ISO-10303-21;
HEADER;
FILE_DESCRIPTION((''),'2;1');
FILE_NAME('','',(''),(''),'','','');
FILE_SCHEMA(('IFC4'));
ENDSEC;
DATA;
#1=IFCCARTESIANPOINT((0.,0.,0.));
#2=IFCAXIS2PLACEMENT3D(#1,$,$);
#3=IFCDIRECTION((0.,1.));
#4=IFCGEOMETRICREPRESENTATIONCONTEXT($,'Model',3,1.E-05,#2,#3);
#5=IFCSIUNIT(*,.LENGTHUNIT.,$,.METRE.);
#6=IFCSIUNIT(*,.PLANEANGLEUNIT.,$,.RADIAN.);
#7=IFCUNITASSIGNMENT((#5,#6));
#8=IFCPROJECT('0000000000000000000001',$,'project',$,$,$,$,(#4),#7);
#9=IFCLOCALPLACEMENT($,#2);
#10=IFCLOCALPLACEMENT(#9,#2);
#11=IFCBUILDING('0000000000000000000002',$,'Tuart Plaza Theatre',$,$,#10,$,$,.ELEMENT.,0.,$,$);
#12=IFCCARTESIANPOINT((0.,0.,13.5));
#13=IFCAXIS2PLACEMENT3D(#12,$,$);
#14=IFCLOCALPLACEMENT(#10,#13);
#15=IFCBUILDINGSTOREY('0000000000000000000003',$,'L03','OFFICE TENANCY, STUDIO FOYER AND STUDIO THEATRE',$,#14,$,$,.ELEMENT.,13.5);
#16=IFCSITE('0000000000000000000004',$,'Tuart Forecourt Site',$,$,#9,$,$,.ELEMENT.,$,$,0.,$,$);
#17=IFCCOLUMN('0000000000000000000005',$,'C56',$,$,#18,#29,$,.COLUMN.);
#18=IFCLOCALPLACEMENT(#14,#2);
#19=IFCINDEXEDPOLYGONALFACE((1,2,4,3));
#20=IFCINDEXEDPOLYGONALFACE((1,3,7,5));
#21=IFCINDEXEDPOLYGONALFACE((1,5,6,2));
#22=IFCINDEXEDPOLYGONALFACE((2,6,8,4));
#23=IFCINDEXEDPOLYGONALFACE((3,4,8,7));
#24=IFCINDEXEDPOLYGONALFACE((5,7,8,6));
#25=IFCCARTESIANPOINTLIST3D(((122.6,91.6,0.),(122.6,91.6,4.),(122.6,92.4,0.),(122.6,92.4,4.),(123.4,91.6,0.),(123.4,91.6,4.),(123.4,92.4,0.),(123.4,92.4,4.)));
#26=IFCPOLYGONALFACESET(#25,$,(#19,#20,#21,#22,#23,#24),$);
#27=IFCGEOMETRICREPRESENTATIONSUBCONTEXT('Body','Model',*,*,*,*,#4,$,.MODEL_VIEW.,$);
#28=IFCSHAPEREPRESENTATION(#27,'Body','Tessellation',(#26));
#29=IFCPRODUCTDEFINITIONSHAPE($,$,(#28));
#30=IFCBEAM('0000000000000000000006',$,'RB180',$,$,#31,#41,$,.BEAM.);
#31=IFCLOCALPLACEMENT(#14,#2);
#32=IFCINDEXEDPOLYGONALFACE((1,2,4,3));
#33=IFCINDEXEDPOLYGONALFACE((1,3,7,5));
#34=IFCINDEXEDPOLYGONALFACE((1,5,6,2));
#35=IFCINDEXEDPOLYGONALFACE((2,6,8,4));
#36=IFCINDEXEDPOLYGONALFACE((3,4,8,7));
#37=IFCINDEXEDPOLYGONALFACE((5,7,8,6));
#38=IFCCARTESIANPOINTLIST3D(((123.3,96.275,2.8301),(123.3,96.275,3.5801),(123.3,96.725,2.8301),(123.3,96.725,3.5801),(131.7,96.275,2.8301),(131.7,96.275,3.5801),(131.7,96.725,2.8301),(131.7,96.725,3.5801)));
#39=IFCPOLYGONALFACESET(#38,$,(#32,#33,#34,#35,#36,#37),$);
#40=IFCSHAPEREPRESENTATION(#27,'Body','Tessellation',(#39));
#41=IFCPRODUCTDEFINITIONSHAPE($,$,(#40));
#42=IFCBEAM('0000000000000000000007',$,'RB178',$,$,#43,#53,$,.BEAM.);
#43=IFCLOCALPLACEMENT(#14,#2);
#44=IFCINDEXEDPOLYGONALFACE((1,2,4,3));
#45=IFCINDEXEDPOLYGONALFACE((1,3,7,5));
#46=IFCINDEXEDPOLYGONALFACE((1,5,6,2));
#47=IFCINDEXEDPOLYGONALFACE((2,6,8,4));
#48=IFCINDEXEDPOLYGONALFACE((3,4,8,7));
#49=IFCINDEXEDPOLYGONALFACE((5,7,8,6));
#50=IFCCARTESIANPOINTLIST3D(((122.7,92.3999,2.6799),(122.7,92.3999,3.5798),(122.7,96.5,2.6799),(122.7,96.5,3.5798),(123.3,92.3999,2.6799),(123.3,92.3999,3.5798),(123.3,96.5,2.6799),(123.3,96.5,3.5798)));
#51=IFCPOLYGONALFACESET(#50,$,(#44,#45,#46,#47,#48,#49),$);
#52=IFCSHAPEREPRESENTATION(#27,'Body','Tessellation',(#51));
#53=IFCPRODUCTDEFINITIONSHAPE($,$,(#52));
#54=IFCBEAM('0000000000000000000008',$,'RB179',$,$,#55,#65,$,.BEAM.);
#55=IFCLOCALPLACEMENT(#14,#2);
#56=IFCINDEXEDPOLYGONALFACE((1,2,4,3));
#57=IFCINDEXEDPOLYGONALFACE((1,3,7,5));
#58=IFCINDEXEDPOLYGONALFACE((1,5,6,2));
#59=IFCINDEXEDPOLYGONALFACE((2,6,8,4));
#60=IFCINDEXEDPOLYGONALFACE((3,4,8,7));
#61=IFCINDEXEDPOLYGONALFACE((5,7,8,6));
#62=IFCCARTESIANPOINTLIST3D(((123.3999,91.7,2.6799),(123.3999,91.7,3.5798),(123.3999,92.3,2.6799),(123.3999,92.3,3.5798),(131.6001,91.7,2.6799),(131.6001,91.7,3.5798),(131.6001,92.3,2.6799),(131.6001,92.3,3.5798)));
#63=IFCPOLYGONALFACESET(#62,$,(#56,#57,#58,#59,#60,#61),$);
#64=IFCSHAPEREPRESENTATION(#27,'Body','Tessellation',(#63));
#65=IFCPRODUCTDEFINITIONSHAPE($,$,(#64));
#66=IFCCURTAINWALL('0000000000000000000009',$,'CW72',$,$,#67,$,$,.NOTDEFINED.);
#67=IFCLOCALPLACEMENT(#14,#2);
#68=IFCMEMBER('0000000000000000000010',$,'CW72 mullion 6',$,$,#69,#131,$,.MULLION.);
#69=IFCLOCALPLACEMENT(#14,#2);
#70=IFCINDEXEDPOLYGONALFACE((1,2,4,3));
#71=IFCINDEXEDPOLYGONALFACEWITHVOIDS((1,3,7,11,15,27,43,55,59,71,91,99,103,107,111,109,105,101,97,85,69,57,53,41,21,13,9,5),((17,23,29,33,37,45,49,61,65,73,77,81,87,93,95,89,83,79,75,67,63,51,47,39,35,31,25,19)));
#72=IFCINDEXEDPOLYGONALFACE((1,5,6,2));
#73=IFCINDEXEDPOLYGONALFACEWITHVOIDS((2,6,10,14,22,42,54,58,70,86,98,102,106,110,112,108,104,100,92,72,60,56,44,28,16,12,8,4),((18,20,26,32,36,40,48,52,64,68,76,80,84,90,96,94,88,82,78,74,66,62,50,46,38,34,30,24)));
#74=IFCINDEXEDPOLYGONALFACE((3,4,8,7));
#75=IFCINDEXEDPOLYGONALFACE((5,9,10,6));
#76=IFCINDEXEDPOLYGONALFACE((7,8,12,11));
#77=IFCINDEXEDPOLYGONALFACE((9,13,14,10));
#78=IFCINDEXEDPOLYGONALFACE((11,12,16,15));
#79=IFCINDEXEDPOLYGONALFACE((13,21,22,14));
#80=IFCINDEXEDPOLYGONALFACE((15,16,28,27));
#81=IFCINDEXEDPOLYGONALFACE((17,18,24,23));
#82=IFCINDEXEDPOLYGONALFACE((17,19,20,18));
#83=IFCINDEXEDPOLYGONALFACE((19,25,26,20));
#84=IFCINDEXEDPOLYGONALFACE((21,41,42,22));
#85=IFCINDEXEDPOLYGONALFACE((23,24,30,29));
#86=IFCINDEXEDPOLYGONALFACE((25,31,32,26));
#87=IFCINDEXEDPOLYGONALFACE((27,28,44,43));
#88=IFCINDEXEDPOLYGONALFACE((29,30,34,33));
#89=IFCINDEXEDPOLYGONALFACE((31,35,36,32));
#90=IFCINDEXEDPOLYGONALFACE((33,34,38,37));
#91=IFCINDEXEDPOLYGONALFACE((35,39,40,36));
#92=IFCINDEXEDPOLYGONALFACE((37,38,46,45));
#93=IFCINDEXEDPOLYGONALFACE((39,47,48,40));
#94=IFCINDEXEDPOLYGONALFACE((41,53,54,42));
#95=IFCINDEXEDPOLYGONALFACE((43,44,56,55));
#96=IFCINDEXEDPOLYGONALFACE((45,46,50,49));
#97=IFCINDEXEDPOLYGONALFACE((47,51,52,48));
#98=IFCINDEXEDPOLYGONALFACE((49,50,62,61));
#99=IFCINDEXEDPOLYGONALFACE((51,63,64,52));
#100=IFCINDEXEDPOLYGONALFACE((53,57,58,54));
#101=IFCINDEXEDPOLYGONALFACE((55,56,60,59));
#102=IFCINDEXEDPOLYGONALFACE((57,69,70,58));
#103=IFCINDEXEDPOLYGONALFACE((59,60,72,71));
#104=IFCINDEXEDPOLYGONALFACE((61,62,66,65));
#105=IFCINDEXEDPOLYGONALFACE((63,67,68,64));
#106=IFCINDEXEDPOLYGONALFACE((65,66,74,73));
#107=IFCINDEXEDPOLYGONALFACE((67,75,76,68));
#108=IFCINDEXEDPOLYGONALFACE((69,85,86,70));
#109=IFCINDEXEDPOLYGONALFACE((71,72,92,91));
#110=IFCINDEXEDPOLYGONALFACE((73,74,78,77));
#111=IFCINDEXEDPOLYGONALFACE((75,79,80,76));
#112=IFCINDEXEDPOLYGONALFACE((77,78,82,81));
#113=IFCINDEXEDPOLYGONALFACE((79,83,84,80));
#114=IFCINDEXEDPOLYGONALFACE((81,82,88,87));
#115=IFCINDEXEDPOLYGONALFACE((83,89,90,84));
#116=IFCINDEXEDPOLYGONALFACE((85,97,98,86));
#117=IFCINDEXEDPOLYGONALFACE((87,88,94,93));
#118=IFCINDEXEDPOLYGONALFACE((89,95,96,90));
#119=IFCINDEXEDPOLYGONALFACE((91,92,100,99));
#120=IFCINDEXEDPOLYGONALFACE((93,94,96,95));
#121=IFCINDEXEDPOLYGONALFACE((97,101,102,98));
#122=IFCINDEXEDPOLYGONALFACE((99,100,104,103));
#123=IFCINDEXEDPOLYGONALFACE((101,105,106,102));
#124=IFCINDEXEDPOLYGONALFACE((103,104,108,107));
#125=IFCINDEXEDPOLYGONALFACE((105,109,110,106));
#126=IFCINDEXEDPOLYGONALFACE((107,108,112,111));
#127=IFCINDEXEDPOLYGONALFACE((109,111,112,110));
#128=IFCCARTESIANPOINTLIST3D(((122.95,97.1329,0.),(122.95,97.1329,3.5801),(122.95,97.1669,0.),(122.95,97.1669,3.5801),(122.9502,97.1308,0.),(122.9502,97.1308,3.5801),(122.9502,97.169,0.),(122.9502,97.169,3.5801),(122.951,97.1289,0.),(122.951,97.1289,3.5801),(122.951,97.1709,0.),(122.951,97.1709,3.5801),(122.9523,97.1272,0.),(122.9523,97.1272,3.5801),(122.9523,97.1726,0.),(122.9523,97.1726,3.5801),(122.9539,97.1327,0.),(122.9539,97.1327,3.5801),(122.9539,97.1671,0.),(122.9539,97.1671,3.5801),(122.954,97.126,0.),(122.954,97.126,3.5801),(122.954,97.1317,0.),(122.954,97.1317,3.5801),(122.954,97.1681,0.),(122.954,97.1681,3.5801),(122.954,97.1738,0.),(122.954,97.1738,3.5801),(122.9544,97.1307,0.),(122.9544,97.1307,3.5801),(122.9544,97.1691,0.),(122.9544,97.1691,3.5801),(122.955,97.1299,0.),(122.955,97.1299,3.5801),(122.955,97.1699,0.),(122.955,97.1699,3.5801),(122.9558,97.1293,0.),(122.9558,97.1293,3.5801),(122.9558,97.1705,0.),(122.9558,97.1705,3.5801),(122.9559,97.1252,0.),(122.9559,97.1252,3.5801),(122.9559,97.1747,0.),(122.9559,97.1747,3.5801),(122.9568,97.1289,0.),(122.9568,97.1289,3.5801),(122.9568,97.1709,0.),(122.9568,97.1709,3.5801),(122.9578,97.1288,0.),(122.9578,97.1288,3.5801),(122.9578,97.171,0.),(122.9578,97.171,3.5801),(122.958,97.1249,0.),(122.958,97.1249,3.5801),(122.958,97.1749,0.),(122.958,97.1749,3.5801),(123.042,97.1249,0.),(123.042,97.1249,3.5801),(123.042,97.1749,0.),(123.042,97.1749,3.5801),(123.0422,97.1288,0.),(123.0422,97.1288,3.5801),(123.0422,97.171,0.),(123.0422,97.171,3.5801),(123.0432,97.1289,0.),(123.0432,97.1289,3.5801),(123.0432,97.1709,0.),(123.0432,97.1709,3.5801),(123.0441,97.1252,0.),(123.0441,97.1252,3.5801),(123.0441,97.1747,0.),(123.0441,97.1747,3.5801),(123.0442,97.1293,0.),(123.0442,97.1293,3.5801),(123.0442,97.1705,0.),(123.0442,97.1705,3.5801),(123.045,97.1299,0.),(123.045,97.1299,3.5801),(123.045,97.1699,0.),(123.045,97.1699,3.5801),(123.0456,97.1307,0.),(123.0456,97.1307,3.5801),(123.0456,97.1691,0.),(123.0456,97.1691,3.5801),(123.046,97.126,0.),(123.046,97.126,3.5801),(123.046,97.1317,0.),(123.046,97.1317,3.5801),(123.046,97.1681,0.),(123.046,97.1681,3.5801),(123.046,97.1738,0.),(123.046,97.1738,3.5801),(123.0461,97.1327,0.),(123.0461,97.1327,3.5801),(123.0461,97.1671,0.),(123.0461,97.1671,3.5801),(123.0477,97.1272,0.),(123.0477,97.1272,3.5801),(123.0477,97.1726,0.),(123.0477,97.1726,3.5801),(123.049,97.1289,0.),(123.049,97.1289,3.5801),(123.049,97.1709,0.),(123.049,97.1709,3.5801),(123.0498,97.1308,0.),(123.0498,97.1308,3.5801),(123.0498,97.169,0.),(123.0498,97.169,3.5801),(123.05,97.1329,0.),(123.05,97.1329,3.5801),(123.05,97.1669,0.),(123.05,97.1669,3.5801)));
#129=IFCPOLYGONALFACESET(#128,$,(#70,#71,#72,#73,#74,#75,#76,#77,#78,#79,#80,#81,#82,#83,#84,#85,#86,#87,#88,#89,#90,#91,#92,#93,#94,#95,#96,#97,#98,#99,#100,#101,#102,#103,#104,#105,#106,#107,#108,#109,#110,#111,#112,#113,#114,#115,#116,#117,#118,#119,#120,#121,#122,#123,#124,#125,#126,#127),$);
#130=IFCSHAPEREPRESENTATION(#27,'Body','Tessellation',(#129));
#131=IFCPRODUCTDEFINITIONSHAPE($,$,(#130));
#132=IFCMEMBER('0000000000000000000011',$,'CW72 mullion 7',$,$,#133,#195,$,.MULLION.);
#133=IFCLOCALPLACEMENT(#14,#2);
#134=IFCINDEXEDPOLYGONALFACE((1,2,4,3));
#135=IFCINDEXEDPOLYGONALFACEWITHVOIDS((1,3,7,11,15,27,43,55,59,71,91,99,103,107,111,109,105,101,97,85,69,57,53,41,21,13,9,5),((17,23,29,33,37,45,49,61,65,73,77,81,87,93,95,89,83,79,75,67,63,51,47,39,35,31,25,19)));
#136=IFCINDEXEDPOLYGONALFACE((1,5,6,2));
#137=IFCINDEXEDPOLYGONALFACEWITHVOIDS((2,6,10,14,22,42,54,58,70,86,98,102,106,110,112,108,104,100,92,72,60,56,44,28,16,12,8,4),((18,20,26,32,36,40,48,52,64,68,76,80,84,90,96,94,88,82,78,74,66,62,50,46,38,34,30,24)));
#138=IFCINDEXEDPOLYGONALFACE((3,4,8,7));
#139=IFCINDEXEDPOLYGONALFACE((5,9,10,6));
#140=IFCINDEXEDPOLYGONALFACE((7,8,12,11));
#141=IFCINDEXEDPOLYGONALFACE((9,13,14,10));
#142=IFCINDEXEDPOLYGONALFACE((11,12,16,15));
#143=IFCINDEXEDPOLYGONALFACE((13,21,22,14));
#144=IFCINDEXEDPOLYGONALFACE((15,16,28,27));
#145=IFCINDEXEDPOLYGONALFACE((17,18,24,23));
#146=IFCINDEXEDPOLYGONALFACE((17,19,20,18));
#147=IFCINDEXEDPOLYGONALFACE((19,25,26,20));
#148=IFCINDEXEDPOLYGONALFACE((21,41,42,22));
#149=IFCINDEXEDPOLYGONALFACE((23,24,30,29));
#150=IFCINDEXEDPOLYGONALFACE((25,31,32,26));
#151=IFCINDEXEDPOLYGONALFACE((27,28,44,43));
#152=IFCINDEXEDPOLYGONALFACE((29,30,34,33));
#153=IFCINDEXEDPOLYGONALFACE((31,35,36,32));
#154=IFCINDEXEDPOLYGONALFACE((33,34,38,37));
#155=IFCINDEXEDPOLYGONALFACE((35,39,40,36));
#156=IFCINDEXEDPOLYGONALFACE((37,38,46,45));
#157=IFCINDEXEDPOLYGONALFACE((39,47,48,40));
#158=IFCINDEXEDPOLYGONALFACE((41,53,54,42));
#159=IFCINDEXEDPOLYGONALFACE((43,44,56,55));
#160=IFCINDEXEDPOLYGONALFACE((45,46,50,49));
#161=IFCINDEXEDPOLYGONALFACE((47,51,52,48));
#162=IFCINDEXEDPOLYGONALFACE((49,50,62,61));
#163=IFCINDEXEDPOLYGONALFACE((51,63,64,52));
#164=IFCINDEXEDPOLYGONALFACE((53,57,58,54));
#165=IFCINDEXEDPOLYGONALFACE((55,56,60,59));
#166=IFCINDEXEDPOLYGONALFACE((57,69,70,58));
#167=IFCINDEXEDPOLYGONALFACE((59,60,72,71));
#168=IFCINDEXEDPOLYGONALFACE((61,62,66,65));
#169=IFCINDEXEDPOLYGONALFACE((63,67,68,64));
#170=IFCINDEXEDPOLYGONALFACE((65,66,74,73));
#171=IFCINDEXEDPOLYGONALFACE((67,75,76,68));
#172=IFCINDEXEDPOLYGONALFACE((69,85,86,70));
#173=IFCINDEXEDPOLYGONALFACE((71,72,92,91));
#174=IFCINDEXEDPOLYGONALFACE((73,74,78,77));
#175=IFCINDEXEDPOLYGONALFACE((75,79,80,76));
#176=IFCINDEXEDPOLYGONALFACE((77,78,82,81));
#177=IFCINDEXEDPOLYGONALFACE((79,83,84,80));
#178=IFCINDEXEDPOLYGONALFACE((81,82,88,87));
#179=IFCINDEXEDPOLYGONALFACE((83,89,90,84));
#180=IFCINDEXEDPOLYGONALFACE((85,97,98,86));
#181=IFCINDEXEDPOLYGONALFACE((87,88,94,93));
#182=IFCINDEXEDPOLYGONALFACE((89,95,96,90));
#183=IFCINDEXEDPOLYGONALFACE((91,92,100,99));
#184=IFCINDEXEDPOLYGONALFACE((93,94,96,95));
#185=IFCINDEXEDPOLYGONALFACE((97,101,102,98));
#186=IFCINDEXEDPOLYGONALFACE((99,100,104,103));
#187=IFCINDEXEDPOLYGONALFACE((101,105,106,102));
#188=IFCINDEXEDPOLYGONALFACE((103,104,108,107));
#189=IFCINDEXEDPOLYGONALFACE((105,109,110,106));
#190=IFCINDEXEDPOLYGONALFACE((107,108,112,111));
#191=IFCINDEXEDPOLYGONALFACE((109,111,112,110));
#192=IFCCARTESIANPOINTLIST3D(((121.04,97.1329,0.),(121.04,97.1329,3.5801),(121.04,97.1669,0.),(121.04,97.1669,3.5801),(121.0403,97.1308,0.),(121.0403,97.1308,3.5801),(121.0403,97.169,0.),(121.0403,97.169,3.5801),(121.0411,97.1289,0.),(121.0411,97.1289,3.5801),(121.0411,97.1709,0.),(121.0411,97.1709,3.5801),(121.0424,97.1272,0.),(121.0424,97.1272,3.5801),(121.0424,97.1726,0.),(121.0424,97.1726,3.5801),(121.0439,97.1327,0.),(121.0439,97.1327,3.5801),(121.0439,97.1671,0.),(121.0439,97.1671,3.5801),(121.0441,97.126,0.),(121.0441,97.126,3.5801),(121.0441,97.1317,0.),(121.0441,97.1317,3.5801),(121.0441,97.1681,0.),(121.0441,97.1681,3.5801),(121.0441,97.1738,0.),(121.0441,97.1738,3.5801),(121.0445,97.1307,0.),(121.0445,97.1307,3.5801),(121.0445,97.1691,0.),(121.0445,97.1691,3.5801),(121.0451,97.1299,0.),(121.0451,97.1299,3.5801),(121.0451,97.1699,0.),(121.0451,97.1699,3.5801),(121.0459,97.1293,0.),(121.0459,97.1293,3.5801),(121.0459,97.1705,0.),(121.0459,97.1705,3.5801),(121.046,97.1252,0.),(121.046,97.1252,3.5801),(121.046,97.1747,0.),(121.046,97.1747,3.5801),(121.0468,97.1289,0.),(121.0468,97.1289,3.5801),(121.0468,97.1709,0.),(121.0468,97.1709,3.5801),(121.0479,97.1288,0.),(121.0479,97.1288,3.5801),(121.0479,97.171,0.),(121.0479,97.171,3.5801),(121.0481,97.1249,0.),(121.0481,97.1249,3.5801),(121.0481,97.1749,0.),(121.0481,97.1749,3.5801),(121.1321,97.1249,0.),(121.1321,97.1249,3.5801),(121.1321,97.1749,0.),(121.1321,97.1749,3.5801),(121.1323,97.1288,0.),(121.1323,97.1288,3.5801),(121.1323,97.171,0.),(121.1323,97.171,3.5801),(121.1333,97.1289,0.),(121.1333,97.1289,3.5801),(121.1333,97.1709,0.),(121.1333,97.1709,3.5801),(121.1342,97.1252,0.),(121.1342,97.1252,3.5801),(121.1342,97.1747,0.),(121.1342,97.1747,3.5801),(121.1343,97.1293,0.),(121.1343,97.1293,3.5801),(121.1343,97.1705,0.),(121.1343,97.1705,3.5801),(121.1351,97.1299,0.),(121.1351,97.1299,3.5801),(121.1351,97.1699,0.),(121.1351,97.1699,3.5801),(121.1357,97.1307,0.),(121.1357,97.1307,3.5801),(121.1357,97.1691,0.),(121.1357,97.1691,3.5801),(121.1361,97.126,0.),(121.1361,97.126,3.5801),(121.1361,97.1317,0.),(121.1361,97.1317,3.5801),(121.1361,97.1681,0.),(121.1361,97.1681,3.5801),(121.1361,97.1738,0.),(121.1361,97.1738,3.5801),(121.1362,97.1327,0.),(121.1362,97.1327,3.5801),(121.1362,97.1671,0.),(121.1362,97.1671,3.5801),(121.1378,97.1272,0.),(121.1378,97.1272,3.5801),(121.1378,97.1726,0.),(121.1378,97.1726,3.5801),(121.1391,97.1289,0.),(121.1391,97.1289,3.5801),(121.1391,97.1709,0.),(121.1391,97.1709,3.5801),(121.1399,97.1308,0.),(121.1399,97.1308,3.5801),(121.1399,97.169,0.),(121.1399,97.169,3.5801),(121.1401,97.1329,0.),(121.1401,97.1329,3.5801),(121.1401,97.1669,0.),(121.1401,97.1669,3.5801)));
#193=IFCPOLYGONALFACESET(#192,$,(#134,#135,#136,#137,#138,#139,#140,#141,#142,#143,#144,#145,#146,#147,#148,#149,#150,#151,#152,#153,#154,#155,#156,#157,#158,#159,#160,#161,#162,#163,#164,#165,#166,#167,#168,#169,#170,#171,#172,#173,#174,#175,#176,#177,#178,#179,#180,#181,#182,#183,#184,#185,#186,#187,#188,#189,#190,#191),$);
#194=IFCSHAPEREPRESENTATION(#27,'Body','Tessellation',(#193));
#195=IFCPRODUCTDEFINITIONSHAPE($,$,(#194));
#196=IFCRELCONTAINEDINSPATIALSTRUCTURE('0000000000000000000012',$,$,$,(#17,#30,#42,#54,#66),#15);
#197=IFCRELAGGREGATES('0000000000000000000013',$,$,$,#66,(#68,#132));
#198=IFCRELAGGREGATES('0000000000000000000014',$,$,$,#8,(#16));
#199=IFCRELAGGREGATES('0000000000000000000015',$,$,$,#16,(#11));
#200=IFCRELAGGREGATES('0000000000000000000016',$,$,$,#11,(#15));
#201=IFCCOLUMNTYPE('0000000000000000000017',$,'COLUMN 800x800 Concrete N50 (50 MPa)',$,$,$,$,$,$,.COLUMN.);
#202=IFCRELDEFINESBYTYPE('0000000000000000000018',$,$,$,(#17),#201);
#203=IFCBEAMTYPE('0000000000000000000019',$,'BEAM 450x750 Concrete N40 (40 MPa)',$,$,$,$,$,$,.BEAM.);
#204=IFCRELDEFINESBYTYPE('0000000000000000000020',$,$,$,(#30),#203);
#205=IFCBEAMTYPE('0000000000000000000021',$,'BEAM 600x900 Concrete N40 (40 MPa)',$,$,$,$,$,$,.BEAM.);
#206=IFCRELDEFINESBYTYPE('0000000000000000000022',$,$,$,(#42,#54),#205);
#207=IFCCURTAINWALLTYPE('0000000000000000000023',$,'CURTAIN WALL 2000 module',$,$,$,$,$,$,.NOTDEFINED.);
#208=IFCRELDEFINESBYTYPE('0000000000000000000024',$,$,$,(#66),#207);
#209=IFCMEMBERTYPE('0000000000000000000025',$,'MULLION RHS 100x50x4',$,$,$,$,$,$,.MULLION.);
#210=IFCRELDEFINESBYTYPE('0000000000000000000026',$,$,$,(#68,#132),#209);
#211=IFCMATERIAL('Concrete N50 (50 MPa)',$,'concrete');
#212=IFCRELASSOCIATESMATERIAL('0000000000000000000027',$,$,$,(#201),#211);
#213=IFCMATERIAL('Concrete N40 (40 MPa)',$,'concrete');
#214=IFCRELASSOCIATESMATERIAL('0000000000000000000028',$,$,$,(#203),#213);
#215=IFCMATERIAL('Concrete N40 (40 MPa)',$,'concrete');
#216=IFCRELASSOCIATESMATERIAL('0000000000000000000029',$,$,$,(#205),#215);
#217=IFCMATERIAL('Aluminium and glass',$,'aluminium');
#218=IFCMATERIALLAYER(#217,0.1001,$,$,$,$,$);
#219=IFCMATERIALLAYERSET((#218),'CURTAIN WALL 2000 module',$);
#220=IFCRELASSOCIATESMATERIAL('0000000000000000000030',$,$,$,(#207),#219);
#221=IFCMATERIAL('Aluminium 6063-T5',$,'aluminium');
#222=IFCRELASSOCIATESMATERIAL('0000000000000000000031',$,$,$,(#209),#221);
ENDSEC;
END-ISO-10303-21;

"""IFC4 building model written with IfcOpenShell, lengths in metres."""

from ifc_helpers import new_model, si_unit, direction, frame, origin, origin_2d, place, context, subcontext, project, spatial, rectangle, hollow_rectangle, extrude, material, layer, layer_set, material_profile, profile_set, type_object, element, aggregate, save


model = new_model("IFC4")

# Units and contexts
model_context = context("Model", 3, precision=1e-05, world=origin(), true_north=direction((0.0, 1.0)))
body_context = subcontext(model_context, "Body", "Model", "MODEL_VIEW")
ifc_project = project(units=[si_unit("LENGTHUNIT", "METRE"), si_unit("PLANEANGLEUNIT", "RADIAN")], contexts=[model_context])

# Site, building, storey
site_placement = place(None, origin())
site = spatial("IfcSite", under=ifc_project, at=site_placement, Name="Tuart Forecourt Site", CompositionType="ELEMENT", RefElevation=0.0)
building_placement = place(site_placement, origin())
building = spatial("IfcBuilding", under=site, at=building_placement, Name="Tuart Plaza Theatre", CompositionType="ELEMENT", ElevationOfRefHeight=0.0)
storey_placement = place(building_placement, frame((0.0, 0.0, 13.5)))
storey = spatial("IfcBuildingStorey", under=building, at=storey_placement, Name="L03", Description="OFFICE TENANCY, STUDIO FOYER AND STUDIO THEATRE", CompositionType="ELEMENT", Elevation=13.5)

# Column
ifc_material_1 = material(Name="Concrete N50 (50 MPa)", Category="concrete")
ifc_material_profile_1 = material_profile(ifc_material_1, rectangle(XDim=0.8, YDim=0.8, at=origin_2d()), Name="COLUMN 800x800 Concrete N50 (50 MPa)")
ifc_profile_set_1 = profile_set([ifc_material_profile_1], Name="Concrete N50 (50 MPa)")
column_type = type_object("IfcColumnType", Name="COLUMN 800x800 Concrete N50 (50 MPa)", PredefinedType="COLUMN", material=ifc_profile_set_1)
column_placement = place(storey_placement, frame((123.0, 92.0, 0.0), z_axis=(0.0, 0.0, 1.0), x_axis=(1.0, 0.0, 0.0)))
element("IfcColumn", 1, at=column_placement, inside=storey, type_object=column_type, Name="C56", PredefinedType="COLUMN", context=body_context, shape_type="SweptSolid", body=[
    extrude(rectangle(XDim=0.8, YDim=0.8, at=origin_2d()), origin(), (0.0, 0.0, 1.0), 4.0),
])

# Beams
ifc_material_2 = material(Name="Concrete N40 (40 MPa)", Category="concrete")
ifc_material_profile_2 = material_profile(ifc_material_2, rectangle(XDim=0.45, YDim=0.75, at=origin_2d()), Name="BEAM 450x750 Concrete N40 (40 MPa)")
ifc_profile_set_2 = profile_set([ifc_material_profile_2], Name="Concrete N40 (40 MPa)")
beam_type_1 = type_object("IfcBeamType", Name="BEAM 450x750 Concrete N40 (40 MPa)", PredefinedType="BEAM", material=ifc_profile_set_2)
beam_1_placement = place(storey_placement, frame((123.3, 96.5, 3.2051), z_axis=(1.0, 0.0, 0.0), x_axis=(0.0, 1.0, 0.0)))
element("IfcBeam", 2, at=beam_1_placement, inside=storey, type_object=beam_type_1, Name="RB180", PredefinedType="BEAM", context=body_context, shape_type="SweptSolid", body=[
    extrude(rectangle(XDim=0.45, YDim=0.75, at=origin_2d()), origin(), (0.0, 0.0, 1.0), 8.3999),
])
ifc_material_3 = material(Name="Concrete N40 (40 MPa)", Category="concrete")
ifc_material_profile_3 = material_profile(ifc_material_3, rectangle(XDim=0.6001, YDim=0.8999, at=origin_2d()), Name="BEAM 600x900 Concrete N40 (40 MPa)")
ifc_profile_set_3 = profile_set([ifc_material_profile_3], Name="Concrete N40 (40 MPa)")
beam_type_2 = type_object("IfcBeamType", Name="BEAM 600x900 Concrete N40 (40 MPa)", PredefinedType="BEAM", material=ifc_profile_set_3)
beam_2_placement = place(storey_placement, frame((123.0, 92.3999, 3.1299), z_axis=(0.0, 1.0, 0.0), x_axis=(-1.0, 0.0, 0.0)))
element("IfcBeam", 3, at=beam_2_placement, inside=storey, type_object=beam_type_2, Name="RB178", PredefinedType="BEAM", context=body_context, shape_type="SweptSolid", body=[
    extrude(rectangle(XDim=0.6001, YDim=0.8999, at=origin_2d()), origin(), (0.0, 0.0, 1.0), 4.1001),
])
beam_3_placement = place(storey_placement, frame((123.3999, 92.0, 3.1299), z_axis=(1.0, 0.0, 0.0), x_axis=(0.0, 1.0, 0.0)))
element("IfcBeam", 4, at=beam_3_placement, inside=storey, type_object=beam_type_2, Name="RB179", PredefinedType="BEAM", context=body_context, shape_type="SweptSolid", body=[
    extrude(rectangle(XDim=0.6001, YDim=0.8999, at=origin_2d()), origin(), (0.0, 0.0, 1.0), 8.2002),
])

# Curtain wall, members
ifc_material_4 = material(Name="Aluminium and glass", Category="aluminium")
ifc_layer_1 = layer(ifc_material_4, 0.1001)
ifc_layer_set_1 = layer_set([ifc_layer_1], Name="CURTAIN WALL 2000 module")
curtain_wall_type = type_object("IfcCurtainWallType", Name="CURTAIN WALL 2000 module", PredefinedType="NOTDEFINED", material=ifc_layer_set_1)
curtain_wall_placement = place(storey_placement, origin())
curtain_wall = element("IfcCurtainWall", 5, at=curtain_wall_placement, inside=storey, type_object=curtain_wall_type, Name="CW72", PredefinedType="NOTDEFINED")
ifc_material_5 = material(Name="Aluminium 6063-T5", Category="aluminium")
ifc_material_profile_4 = material_profile(ifc_material_5, hollow_rectangle(XDim=0.05, YDim=0.1001, WallThickness=0.0039, InnerFilletRadius=0.0039, OuterFilletRadius=0.0081, at=origin_2d()), Name="RHS 100x50x4")
ifc_profile_set_4 = profile_set([ifc_material_profile_4], Name="Aluminium 6063-T5")
member_type_1 = type_object("IfcMemberType", Name="MULLION RHS 100x50x4", PredefinedType="MULLION", material=ifc_profile_set_4)
member_1_placement = place(storey_placement, frame((123.0, 97.1499, 0.0), z_axis=(0.0, 0.0, 1.0), x_axis=(0.0, -1.0, 0.0)))
member_1 = element("IfcMember", 6, at=member_1_placement, type_object=member_type_1, Name="CW72 mullion 6", PredefinedType="MULLION", context=body_context, shape_type="SweptSolid", body=[
    extrude(hollow_rectangle(XDim=0.05, YDim=0.1001, WallThickness=0.0039, InnerFilletRadius=0.0039, OuterFilletRadius=0.0081, at=origin_2d()), origin(), (0.0, 0.0, 1.0), 3.5801),
])
member_2_placement = place(storey_placement, frame((121.0901, 97.1499, 0.0), z_axis=(0.0, 0.0, 1.0), x_axis=(0.0, -1.0, 0.0)))
member_2 = element("IfcMember", 7, at=member_2_placement, type_object=member_type_1, Name="CW72 mullion 7", PredefinedType="MULLION", context=body_context, shape_type="SweptSolid", body=[
    extrude(hollow_rectangle(XDim=0.05, YDim=0.1001, WallThickness=0.0039, InnerFilletRadius=0.0039, OuterFilletRadius=0.0081, at=origin_2d()), origin(), (0.0, 0.0, 1.0), 3.5801),
])
aggregate(curtain_wall, [member_1, member_2])

save(model, "model.ifc")
